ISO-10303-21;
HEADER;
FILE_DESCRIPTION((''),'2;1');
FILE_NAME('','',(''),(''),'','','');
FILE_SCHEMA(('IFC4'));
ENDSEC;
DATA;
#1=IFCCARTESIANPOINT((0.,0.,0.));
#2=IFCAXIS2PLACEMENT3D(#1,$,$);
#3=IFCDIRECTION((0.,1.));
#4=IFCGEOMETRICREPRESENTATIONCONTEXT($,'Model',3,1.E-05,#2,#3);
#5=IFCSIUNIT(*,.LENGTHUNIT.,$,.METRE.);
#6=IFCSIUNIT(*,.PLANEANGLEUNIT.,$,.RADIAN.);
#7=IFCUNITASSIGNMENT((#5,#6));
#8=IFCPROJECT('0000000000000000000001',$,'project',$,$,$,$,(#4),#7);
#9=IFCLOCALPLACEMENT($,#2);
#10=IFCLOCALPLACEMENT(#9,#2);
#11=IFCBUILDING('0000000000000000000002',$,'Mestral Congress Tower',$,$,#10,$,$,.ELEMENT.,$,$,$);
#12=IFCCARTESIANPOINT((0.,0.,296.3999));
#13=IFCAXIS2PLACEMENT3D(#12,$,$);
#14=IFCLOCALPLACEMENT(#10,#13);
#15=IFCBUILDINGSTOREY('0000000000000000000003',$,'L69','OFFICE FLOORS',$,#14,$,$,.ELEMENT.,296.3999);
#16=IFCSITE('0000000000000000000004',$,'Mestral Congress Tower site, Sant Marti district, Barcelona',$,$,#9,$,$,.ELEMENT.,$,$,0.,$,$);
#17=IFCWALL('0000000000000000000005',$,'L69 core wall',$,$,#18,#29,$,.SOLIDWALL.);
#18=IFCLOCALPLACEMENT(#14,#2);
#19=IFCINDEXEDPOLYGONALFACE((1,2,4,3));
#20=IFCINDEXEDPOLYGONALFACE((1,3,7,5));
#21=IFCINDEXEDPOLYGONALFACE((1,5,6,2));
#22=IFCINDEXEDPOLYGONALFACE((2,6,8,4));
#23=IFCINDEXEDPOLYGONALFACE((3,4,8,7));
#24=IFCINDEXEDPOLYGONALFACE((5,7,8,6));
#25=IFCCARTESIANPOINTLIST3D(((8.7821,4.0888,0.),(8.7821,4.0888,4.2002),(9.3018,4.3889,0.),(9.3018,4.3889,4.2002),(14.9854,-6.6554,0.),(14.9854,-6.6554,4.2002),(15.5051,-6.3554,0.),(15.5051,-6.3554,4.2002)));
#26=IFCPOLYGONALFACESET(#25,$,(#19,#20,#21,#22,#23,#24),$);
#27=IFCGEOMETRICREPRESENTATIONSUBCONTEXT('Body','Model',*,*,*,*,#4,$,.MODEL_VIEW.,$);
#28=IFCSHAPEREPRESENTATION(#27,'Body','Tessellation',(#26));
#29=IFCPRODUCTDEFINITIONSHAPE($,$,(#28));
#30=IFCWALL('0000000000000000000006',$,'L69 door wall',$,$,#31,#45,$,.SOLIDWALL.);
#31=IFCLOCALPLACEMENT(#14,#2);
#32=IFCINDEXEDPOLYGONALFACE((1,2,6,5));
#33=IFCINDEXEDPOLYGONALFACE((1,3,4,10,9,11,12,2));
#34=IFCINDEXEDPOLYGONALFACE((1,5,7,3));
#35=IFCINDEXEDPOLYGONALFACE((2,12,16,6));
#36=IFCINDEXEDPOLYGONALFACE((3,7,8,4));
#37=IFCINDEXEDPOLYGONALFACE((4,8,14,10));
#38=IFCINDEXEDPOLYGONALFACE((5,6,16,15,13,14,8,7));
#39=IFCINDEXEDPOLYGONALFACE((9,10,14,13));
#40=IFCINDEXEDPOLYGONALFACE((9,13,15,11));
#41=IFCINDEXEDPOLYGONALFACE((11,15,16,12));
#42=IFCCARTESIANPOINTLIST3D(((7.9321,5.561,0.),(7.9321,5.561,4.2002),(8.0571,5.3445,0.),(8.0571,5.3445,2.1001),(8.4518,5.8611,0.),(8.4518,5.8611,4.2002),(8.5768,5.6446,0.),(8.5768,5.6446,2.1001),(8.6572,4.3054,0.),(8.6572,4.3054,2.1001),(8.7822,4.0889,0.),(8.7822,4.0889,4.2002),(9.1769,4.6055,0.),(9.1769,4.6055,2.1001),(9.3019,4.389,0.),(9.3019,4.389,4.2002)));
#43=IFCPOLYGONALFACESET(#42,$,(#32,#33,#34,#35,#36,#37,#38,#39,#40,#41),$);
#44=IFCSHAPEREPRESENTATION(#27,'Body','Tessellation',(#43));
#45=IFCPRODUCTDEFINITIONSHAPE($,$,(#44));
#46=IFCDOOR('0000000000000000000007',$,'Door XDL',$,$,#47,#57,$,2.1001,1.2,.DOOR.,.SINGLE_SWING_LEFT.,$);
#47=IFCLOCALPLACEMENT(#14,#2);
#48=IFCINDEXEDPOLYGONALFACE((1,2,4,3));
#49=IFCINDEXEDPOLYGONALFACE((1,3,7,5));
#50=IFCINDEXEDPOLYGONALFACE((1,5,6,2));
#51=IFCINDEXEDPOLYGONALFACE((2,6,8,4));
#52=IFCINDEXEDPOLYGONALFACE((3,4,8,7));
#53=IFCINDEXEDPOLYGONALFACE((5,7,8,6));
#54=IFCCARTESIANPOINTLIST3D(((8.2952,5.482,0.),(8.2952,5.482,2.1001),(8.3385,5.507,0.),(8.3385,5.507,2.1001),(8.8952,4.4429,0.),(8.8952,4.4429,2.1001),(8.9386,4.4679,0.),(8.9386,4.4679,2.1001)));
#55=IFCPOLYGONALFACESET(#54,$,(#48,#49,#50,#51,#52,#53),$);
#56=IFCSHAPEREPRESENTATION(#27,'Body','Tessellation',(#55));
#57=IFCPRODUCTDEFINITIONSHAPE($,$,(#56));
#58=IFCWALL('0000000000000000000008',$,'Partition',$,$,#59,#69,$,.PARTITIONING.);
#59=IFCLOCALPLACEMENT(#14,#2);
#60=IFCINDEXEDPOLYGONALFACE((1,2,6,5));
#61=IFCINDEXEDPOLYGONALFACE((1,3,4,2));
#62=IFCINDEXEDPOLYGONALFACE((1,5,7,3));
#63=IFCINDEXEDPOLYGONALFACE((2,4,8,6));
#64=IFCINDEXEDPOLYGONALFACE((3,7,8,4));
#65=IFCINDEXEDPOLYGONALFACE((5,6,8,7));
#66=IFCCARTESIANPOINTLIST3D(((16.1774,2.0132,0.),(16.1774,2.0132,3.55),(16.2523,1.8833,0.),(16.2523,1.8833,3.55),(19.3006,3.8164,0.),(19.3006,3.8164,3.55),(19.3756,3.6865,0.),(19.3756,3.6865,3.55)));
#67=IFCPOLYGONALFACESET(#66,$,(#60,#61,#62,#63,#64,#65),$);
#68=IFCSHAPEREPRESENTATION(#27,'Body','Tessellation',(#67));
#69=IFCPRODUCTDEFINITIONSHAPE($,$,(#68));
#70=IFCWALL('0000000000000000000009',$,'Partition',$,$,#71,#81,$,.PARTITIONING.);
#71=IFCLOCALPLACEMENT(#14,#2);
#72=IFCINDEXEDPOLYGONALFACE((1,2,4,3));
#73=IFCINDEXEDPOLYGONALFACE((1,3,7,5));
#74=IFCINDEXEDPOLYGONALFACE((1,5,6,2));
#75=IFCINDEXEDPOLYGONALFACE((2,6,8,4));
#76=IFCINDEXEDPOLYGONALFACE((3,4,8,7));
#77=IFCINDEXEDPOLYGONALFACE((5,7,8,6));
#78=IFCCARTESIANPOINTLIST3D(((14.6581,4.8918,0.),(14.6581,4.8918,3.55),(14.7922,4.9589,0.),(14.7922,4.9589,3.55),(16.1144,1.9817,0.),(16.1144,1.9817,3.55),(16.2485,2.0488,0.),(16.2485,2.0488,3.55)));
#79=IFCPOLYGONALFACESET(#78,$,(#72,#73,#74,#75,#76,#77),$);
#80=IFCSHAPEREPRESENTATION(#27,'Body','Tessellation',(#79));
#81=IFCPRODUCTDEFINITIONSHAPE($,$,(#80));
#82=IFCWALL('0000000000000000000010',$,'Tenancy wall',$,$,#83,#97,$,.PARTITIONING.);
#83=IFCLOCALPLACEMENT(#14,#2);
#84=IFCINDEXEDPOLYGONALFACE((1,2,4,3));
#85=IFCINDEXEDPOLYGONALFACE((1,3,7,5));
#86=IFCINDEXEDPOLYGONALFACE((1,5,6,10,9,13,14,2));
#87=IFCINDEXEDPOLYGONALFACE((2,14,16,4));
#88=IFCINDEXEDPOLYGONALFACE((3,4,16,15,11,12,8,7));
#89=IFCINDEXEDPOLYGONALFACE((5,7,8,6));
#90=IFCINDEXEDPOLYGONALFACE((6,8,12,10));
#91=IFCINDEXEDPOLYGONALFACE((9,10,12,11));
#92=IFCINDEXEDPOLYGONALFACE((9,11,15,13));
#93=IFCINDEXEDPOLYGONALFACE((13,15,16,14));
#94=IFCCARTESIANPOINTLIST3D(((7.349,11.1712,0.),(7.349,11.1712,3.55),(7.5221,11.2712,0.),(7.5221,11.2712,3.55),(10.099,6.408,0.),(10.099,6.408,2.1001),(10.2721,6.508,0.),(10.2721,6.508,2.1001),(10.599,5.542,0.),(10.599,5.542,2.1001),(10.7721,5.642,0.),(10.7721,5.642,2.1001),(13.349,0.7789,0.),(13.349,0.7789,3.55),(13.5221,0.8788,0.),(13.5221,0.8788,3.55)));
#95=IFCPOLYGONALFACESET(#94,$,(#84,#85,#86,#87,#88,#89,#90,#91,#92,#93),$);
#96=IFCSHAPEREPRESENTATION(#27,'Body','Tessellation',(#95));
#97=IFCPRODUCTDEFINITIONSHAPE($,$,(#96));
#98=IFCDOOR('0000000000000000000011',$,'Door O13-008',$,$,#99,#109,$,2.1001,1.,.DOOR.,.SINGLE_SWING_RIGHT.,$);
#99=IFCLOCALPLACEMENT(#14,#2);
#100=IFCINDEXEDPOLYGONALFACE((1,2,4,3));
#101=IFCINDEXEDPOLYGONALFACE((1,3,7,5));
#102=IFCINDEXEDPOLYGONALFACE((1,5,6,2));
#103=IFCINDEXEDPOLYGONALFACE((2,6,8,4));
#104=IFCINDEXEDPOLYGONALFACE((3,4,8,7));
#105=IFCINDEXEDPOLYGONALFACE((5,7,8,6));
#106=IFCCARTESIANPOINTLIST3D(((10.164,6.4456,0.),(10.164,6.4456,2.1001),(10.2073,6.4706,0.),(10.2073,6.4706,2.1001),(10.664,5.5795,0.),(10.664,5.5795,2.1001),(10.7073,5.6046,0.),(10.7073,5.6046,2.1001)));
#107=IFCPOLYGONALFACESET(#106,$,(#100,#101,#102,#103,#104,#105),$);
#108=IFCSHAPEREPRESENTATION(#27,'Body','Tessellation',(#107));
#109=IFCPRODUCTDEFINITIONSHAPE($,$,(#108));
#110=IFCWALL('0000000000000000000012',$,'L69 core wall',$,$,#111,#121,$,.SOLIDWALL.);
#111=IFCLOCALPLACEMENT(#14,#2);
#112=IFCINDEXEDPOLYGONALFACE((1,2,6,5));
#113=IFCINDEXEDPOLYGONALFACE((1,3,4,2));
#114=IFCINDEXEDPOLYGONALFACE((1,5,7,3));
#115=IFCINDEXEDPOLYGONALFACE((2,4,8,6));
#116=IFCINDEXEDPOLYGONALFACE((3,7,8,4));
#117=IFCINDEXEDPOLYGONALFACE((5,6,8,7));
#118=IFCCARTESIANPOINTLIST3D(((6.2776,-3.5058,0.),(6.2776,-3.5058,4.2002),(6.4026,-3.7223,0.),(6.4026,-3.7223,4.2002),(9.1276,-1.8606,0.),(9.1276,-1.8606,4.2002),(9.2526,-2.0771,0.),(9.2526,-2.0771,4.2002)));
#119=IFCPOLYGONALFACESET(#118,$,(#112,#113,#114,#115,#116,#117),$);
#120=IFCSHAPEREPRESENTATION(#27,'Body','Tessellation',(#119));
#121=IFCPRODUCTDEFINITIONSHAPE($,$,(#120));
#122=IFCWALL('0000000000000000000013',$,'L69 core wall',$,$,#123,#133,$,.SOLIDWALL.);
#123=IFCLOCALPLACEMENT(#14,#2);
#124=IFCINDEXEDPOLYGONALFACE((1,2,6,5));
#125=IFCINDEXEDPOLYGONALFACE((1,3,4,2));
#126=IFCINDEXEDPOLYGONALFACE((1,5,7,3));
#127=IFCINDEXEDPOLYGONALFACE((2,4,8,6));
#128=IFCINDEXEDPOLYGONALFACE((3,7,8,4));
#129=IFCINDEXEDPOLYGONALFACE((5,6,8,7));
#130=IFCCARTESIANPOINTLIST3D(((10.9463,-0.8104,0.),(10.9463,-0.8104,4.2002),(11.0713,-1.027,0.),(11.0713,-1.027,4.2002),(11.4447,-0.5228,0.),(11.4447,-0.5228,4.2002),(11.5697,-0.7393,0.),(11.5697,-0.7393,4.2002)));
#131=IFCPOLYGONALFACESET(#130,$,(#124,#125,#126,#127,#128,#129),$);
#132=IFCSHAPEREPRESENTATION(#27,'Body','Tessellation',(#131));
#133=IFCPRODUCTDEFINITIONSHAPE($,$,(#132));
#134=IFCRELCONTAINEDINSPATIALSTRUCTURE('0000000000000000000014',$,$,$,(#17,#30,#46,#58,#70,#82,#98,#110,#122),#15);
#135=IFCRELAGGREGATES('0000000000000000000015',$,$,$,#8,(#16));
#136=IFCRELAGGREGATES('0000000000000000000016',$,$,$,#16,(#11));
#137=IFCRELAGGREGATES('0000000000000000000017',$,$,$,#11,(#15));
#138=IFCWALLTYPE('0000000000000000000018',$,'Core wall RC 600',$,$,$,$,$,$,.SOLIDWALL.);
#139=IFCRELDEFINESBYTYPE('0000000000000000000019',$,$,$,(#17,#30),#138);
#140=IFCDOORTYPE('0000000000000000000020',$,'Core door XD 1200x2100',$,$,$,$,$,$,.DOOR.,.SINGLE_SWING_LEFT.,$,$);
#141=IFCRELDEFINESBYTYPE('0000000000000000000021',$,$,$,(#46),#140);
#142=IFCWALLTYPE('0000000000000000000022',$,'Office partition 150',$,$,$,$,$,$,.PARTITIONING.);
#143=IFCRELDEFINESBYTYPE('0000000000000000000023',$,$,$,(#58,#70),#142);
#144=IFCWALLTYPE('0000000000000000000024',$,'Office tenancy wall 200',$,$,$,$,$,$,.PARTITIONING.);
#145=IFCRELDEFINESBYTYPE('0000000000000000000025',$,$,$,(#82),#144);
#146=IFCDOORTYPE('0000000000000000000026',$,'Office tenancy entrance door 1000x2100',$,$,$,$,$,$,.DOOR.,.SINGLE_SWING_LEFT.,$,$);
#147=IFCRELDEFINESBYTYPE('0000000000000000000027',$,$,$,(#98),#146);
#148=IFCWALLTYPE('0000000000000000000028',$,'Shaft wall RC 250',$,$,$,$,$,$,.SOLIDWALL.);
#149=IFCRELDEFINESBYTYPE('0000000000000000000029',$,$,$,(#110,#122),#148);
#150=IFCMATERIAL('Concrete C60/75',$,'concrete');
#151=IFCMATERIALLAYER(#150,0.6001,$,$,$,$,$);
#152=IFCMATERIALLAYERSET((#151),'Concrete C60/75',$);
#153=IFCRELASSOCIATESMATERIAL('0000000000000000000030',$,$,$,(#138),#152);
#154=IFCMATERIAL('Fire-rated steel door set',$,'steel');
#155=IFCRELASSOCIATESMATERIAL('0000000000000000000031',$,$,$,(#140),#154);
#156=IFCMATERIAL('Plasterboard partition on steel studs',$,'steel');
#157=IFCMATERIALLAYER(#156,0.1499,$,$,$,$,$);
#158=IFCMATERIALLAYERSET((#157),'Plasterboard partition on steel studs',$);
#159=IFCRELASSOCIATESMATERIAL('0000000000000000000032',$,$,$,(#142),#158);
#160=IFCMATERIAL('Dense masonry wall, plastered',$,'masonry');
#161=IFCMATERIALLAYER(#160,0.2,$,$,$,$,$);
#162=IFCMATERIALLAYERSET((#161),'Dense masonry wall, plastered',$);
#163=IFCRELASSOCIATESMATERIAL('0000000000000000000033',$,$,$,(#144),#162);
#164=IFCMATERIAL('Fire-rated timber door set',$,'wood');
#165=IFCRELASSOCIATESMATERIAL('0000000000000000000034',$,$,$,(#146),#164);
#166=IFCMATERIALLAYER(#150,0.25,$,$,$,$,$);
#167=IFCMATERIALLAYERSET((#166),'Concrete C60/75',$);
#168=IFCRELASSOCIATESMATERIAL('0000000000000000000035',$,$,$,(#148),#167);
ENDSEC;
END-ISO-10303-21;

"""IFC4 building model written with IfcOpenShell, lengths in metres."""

from ifc_helpers import new_model, si_unit, direction, frame, frame_2d, origin, place, context, subcontext, project, spatial, rectangle, extrude, material, layer, layer_set, type_object, element, fill, save


model = new_model("IFC4")

# Units and contexts
model_context = context("Model", 3, precision=1e-05, world=origin(), true_north=direction((0.0, 1.0)))
body_context = subcontext(model_context, "Body", "Model", "MODEL_VIEW")
ifc_project = project(units=[si_unit("LENGTHUNIT", "METRE"), si_unit("PLANEANGLEUNIT", "RADIAN")], contexts=[model_context])

# Site, building, storey
site_placement = place(None, origin())
site = spatial("IfcSite", under=ifc_project, at=site_placement, Name="Mestral Congress Tower site, Sant Marti district, Barcelona", CompositionType="ELEMENT", RefElevation=0.0)
building_placement = place(site_placement, origin())
building = spatial("IfcBuilding", under=site, at=building_placement, Name="Mestral Congress Tower", CompositionType="ELEMENT")
storey_placement = place(building_placement, frame((0.0, 0.0, 296.3999)))
storey = spatial("IfcBuildingStorey", under=building, at=storey_placement, Name="L69", Description="OFFICE FLOORS", CompositionType="ELEMENT", Elevation=296.3999)

# Wall
ifc_material_1 = material(Name="Concrete C60/75", Category="concrete")
ifc_layer_1 = layer(ifc_material_1, 0.6001)
ifc_layer_set_1 = layer_set([ifc_layer_1], Name="Concrete C60/75")
wall_type_1 = type_object("IfcWallType", Name="Core wall RC 600", PredefinedType="SOLIDWALL", material=ifc_layer_set_1)
wall_1_placement = place(storey_placement, frame((9.042, 4.2388, 0.0), z_axis=(0.0, 0.0, 1.0), x_axis=(0.500006, -0.866022, 0.0)))
element("IfcWall", 1, at=wall_1_placement, inside=storey, type_object=wall_type_1, Name="L69 core wall", PredefinedType="SOLIDWALL", context=body_context, shape_type="SweptSolid", body=[
    extrude(rectangle(XDim=12.4065, YDim=0.6001, at=frame_2d((6.2031, 0.0))), origin(), (0.0, 0.0, 1.0), 4.2002),
])

# Wall, opening, door
wall_2_placement = place(storey_placement, frame((8.1919, 5.7112, 0.0), z_axis=(0.0, 0.0, 1.0), x_axis=(0.500062, -0.865989, 0.0)))
wall_2 = element("IfcWall", 2, at=wall_2_placement, inside=storey, type_object=wall_type_1, Name="L69 door wall", PredefinedType="SOLIDWALL", context=body_context, shape_type="SweptSolid", body=[
    extrude(rectangle(XDim=1.7, YDim=0.6001, at=frame_2d((0.8501, 0.0))), origin(), (0.0, 0.0, 1.0), 4.2002),
])
opening_1_placement = place(wall_2_placement, frame((0.25, 0.0, 0.0)))
opening_1 = element("IfcOpeningElement", 3, at=opening_1_placement, cuts=wall_2, PredefinedType="OPENING", context=body_context, shape_type="SweptSolid", body=[
    extrude(rectangle(XDim=1.2, YDim=2.1001, at=frame_2d((0.6001, 1.05))), frame((0.0, 0.3101, 0.0), z_axis=(0.0, -1.0, 0.0), x_axis=(1.0, 0.0, 0.0)), (0.0, 0.0, 1.0), 0.6201),
])
ifc_material_2 = material(Name="Fire-rated steel door set", Category="steel")
door_type_1 = type_object("IfcDoorType", Name="Core door XD 1200x2100", OperationType="SINGLE_SWING_LEFT", PredefinedType="DOOR", material=ifc_material_2)
door_1_placement = place(opening_1_placement, origin())
door_1 = element("IfcDoor", 4, at=door_1_placement, inside=storey, type_object=door_type_1, Name="Door XDL", OperationType="SINGLE_SWING_LEFT", OverallHeight=2.1001, OverallWidth=1.2, PredefinedType="DOOR", context=body_context, shape_type="SweptSolid", body=[
    extrude(rectangle(XDim=1.2, YDim=2.1001, at=frame_2d((0.6001, 1.05))), frame((0.0, 0.0249, 0.0), z_axis=(0.0, -1.0, 0.0), x_axis=(1.0, 0.0, 0.0)), (0.0, 0.0, 1.0), 0.05),
])
fill(opening_1, door_1)

# Walls
ifc_material_3 = material(Name="Plasterboard partition on steel studs", Category="steel")
ifc_layer_2 = layer(ifc_material_3, 0.1499)
ifc_layer_set_2 = layer_set([ifc_layer_2], Name="Plasterboard partition on steel studs")
wall_type_2 = type_object("IfcWallType", Name="Office partition 150", PredefinedType="PARTITIONING", material=ifc_layer_set_2)
wall_3_placement = place(storey_placement, frame((16.2148, 1.9482, 0.0), z_axis=(0.0, 0.0, 1.0), x_axis=(0.866027, 0.499998, 0.0)))
element("IfcWall", 5, at=wall_3_placement, inside=storey, type_object=wall_type_2, Name="Partition", PredefinedType="PARTITIONING", context=body_context, shape_type="SweptSolid", body=[
    extrude(rectangle(XDim=3.6064, YDim=0.1499, at=frame_2d((1.8032, 0.0))), origin(), (0.0, 0.0, 1.0), 3.55),
])
wall_4_placement = place(storey_placement, frame((16.1814, 2.0154, 0.0), z_axis=(0.0, 0.0, 1.0), x_axis=(-0.447514, 0.894277, 0.0)))
element("IfcWall", 6, at=wall_4_placement, inside=storey, type_object=wall_type_2, Name="Partition", PredefinedType="PARTITIONING", context=body_context, shape_type="SweptSolid", body=[
    extrude(rectangle(XDim=3.2542, YDim=0.1499, at=frame_2d((1.627, 0.0))), origin(), (0.0, 0.0, 1.0), 3.55),
])

# Wall, opening, door
ifc_material_4 = material(Name="Dense masonry wall, plastered", Category="masonry")
ifc_layer_3 = layer(ifc_material_4, 0.2)
ifc_layer_set_3 = layer_set([ifc_layer_3], Name="Dense masonry wall, plastered")
wall_type_3 = type_object("IfcWallType", Name="Office tenancy wall 200", PredefinedType="PARTITIONING", material=ifc_layer_set_3)
wall_5_placement = place(storey_placement, frame((13.4355, 0.8289, 0.0), z_axis=(0.0, 0.0, 1.0), x_axis=(-0.499999, 0.866026, 0.0)))
wall_5 = element("IfcWall", 7, at=wall_5_placement, inside=storey, type_object=wall_type_3, Name="Tenancy wall", PredefinedType="PARTITIONING", context=body_context, shape_type="SweptSolid", body=[
    extrude(rectangle(XDim=12.0, YDim=0.2, at=frame_2d((6.0, 0.0))), origin(), (0.0, 0.0, 1.0), 3.55),
])
opening_2_placement = place(wall_5_placement, frame((5.5, 0.0, 0.0)))
opening_2 = element("IfcOpeningElement", 8, at=opening_2_placement, cuts=wall_5, PredefinedType="OPENING", context=body_context, shape_type="SweptSolid", body=[
    extrude(rectangle(XDim=1.0, YDim=2.1001, at=frame_2d((0.5, 1.05))), frame((0.0, 0.1099, 0.0), z_axis=(0.0, -1.0, 0.0), x_axis=(1.0, 0.0, 0.0)), (0.0, 0.0, 1.0), 0.22),
])
ifc_material_5 = material(Name="Fire-rated timber door set", Category="wood")
door_type_2 = type_object("IfcDoorType", Name="Office tenancy entrance door 1000x2100", OperationType="SINGLE_SWING_LEFT", PredefinedType="DOOR", material=ifc_material_5)
door_2_placement = place(opening_2_placement, origin())
door_2 = element("IfcDoor", 9, at=door_2_placement, inside=storey, type_object=door_type_2, Name="Door O13-008", OperationType="SINGLE_SWING_RIGHT", OverallHeight=2.1001, OverallWidth=1.0, PredefinedType="DOOR", context=body_context, shape_type="SweptSolid", body=[
    extrude(rectangle(XDim=1.0, YDim=2.1001, at=frame_2d((0.5, 1.05))), frame((0.0, 0.0249, 0.0), z_axis=(0.0, -1.0, 0.0), x_axis=(1.0, 0.0, 0.0)), (0.0, 0.0, 1.0), 0.05),
])
fill(opening_2, door_2)

# Walls
ifc_layer_4 = layer(ifc_material_1, 0.25)
ifc_layer_set_4 = layer_set([ifc_layer_4], Name="Concrete C60/75")
wall_type_4 = type_object("IfcWallType", Name="Shaft wall RC 250", PredefinedType="SOLIDWALL", material=ifc_layer_set_4)
wall_6_placement = place(storey_placement, frame((9.1902, -1.9688, 0.0), z_axis=(0.0, 0.0, 1.0), x_axis=(-0.866057, -0.499945, 0.0)))
element("IfcWall", 10, at=wall_6_placement, inside=storey, type_object=wall_type_4, Name="L69 core wall", PredefinedType="SOLIDWALL", context=body_context, shape_type="SweptSolid", body=[
    extrude(rectangle(XDim=3.2908, YDim=0.25, at=frame_2d((1.6455, 0.0))), origin(), (0.0, 0.0, 1.0), 4.2002),
])
wall_7_placement = place(storey_placement, frame((11.5071, -0.6311, 0.0), z_axis=(0.0, 0.0, 1.0), x_axis=(-0.866094, -0.499882, 0.0)))
element("IfcWall", 11, at=wall_7_placement, inside=storey, type_object=wall_type_4, Name="L69 core wall", PredefinedType="SOLIDWALL", context=body_context, shape_type="SweptSolid", body=[
    extrude(rectangle(XDim=0.5754, YDim=0.25, at=frame_2d((0.2876, 0.0))), origin(), (0.0, 0.0, 1.0), 4.2002),
])

save(model, "model.ifc")
